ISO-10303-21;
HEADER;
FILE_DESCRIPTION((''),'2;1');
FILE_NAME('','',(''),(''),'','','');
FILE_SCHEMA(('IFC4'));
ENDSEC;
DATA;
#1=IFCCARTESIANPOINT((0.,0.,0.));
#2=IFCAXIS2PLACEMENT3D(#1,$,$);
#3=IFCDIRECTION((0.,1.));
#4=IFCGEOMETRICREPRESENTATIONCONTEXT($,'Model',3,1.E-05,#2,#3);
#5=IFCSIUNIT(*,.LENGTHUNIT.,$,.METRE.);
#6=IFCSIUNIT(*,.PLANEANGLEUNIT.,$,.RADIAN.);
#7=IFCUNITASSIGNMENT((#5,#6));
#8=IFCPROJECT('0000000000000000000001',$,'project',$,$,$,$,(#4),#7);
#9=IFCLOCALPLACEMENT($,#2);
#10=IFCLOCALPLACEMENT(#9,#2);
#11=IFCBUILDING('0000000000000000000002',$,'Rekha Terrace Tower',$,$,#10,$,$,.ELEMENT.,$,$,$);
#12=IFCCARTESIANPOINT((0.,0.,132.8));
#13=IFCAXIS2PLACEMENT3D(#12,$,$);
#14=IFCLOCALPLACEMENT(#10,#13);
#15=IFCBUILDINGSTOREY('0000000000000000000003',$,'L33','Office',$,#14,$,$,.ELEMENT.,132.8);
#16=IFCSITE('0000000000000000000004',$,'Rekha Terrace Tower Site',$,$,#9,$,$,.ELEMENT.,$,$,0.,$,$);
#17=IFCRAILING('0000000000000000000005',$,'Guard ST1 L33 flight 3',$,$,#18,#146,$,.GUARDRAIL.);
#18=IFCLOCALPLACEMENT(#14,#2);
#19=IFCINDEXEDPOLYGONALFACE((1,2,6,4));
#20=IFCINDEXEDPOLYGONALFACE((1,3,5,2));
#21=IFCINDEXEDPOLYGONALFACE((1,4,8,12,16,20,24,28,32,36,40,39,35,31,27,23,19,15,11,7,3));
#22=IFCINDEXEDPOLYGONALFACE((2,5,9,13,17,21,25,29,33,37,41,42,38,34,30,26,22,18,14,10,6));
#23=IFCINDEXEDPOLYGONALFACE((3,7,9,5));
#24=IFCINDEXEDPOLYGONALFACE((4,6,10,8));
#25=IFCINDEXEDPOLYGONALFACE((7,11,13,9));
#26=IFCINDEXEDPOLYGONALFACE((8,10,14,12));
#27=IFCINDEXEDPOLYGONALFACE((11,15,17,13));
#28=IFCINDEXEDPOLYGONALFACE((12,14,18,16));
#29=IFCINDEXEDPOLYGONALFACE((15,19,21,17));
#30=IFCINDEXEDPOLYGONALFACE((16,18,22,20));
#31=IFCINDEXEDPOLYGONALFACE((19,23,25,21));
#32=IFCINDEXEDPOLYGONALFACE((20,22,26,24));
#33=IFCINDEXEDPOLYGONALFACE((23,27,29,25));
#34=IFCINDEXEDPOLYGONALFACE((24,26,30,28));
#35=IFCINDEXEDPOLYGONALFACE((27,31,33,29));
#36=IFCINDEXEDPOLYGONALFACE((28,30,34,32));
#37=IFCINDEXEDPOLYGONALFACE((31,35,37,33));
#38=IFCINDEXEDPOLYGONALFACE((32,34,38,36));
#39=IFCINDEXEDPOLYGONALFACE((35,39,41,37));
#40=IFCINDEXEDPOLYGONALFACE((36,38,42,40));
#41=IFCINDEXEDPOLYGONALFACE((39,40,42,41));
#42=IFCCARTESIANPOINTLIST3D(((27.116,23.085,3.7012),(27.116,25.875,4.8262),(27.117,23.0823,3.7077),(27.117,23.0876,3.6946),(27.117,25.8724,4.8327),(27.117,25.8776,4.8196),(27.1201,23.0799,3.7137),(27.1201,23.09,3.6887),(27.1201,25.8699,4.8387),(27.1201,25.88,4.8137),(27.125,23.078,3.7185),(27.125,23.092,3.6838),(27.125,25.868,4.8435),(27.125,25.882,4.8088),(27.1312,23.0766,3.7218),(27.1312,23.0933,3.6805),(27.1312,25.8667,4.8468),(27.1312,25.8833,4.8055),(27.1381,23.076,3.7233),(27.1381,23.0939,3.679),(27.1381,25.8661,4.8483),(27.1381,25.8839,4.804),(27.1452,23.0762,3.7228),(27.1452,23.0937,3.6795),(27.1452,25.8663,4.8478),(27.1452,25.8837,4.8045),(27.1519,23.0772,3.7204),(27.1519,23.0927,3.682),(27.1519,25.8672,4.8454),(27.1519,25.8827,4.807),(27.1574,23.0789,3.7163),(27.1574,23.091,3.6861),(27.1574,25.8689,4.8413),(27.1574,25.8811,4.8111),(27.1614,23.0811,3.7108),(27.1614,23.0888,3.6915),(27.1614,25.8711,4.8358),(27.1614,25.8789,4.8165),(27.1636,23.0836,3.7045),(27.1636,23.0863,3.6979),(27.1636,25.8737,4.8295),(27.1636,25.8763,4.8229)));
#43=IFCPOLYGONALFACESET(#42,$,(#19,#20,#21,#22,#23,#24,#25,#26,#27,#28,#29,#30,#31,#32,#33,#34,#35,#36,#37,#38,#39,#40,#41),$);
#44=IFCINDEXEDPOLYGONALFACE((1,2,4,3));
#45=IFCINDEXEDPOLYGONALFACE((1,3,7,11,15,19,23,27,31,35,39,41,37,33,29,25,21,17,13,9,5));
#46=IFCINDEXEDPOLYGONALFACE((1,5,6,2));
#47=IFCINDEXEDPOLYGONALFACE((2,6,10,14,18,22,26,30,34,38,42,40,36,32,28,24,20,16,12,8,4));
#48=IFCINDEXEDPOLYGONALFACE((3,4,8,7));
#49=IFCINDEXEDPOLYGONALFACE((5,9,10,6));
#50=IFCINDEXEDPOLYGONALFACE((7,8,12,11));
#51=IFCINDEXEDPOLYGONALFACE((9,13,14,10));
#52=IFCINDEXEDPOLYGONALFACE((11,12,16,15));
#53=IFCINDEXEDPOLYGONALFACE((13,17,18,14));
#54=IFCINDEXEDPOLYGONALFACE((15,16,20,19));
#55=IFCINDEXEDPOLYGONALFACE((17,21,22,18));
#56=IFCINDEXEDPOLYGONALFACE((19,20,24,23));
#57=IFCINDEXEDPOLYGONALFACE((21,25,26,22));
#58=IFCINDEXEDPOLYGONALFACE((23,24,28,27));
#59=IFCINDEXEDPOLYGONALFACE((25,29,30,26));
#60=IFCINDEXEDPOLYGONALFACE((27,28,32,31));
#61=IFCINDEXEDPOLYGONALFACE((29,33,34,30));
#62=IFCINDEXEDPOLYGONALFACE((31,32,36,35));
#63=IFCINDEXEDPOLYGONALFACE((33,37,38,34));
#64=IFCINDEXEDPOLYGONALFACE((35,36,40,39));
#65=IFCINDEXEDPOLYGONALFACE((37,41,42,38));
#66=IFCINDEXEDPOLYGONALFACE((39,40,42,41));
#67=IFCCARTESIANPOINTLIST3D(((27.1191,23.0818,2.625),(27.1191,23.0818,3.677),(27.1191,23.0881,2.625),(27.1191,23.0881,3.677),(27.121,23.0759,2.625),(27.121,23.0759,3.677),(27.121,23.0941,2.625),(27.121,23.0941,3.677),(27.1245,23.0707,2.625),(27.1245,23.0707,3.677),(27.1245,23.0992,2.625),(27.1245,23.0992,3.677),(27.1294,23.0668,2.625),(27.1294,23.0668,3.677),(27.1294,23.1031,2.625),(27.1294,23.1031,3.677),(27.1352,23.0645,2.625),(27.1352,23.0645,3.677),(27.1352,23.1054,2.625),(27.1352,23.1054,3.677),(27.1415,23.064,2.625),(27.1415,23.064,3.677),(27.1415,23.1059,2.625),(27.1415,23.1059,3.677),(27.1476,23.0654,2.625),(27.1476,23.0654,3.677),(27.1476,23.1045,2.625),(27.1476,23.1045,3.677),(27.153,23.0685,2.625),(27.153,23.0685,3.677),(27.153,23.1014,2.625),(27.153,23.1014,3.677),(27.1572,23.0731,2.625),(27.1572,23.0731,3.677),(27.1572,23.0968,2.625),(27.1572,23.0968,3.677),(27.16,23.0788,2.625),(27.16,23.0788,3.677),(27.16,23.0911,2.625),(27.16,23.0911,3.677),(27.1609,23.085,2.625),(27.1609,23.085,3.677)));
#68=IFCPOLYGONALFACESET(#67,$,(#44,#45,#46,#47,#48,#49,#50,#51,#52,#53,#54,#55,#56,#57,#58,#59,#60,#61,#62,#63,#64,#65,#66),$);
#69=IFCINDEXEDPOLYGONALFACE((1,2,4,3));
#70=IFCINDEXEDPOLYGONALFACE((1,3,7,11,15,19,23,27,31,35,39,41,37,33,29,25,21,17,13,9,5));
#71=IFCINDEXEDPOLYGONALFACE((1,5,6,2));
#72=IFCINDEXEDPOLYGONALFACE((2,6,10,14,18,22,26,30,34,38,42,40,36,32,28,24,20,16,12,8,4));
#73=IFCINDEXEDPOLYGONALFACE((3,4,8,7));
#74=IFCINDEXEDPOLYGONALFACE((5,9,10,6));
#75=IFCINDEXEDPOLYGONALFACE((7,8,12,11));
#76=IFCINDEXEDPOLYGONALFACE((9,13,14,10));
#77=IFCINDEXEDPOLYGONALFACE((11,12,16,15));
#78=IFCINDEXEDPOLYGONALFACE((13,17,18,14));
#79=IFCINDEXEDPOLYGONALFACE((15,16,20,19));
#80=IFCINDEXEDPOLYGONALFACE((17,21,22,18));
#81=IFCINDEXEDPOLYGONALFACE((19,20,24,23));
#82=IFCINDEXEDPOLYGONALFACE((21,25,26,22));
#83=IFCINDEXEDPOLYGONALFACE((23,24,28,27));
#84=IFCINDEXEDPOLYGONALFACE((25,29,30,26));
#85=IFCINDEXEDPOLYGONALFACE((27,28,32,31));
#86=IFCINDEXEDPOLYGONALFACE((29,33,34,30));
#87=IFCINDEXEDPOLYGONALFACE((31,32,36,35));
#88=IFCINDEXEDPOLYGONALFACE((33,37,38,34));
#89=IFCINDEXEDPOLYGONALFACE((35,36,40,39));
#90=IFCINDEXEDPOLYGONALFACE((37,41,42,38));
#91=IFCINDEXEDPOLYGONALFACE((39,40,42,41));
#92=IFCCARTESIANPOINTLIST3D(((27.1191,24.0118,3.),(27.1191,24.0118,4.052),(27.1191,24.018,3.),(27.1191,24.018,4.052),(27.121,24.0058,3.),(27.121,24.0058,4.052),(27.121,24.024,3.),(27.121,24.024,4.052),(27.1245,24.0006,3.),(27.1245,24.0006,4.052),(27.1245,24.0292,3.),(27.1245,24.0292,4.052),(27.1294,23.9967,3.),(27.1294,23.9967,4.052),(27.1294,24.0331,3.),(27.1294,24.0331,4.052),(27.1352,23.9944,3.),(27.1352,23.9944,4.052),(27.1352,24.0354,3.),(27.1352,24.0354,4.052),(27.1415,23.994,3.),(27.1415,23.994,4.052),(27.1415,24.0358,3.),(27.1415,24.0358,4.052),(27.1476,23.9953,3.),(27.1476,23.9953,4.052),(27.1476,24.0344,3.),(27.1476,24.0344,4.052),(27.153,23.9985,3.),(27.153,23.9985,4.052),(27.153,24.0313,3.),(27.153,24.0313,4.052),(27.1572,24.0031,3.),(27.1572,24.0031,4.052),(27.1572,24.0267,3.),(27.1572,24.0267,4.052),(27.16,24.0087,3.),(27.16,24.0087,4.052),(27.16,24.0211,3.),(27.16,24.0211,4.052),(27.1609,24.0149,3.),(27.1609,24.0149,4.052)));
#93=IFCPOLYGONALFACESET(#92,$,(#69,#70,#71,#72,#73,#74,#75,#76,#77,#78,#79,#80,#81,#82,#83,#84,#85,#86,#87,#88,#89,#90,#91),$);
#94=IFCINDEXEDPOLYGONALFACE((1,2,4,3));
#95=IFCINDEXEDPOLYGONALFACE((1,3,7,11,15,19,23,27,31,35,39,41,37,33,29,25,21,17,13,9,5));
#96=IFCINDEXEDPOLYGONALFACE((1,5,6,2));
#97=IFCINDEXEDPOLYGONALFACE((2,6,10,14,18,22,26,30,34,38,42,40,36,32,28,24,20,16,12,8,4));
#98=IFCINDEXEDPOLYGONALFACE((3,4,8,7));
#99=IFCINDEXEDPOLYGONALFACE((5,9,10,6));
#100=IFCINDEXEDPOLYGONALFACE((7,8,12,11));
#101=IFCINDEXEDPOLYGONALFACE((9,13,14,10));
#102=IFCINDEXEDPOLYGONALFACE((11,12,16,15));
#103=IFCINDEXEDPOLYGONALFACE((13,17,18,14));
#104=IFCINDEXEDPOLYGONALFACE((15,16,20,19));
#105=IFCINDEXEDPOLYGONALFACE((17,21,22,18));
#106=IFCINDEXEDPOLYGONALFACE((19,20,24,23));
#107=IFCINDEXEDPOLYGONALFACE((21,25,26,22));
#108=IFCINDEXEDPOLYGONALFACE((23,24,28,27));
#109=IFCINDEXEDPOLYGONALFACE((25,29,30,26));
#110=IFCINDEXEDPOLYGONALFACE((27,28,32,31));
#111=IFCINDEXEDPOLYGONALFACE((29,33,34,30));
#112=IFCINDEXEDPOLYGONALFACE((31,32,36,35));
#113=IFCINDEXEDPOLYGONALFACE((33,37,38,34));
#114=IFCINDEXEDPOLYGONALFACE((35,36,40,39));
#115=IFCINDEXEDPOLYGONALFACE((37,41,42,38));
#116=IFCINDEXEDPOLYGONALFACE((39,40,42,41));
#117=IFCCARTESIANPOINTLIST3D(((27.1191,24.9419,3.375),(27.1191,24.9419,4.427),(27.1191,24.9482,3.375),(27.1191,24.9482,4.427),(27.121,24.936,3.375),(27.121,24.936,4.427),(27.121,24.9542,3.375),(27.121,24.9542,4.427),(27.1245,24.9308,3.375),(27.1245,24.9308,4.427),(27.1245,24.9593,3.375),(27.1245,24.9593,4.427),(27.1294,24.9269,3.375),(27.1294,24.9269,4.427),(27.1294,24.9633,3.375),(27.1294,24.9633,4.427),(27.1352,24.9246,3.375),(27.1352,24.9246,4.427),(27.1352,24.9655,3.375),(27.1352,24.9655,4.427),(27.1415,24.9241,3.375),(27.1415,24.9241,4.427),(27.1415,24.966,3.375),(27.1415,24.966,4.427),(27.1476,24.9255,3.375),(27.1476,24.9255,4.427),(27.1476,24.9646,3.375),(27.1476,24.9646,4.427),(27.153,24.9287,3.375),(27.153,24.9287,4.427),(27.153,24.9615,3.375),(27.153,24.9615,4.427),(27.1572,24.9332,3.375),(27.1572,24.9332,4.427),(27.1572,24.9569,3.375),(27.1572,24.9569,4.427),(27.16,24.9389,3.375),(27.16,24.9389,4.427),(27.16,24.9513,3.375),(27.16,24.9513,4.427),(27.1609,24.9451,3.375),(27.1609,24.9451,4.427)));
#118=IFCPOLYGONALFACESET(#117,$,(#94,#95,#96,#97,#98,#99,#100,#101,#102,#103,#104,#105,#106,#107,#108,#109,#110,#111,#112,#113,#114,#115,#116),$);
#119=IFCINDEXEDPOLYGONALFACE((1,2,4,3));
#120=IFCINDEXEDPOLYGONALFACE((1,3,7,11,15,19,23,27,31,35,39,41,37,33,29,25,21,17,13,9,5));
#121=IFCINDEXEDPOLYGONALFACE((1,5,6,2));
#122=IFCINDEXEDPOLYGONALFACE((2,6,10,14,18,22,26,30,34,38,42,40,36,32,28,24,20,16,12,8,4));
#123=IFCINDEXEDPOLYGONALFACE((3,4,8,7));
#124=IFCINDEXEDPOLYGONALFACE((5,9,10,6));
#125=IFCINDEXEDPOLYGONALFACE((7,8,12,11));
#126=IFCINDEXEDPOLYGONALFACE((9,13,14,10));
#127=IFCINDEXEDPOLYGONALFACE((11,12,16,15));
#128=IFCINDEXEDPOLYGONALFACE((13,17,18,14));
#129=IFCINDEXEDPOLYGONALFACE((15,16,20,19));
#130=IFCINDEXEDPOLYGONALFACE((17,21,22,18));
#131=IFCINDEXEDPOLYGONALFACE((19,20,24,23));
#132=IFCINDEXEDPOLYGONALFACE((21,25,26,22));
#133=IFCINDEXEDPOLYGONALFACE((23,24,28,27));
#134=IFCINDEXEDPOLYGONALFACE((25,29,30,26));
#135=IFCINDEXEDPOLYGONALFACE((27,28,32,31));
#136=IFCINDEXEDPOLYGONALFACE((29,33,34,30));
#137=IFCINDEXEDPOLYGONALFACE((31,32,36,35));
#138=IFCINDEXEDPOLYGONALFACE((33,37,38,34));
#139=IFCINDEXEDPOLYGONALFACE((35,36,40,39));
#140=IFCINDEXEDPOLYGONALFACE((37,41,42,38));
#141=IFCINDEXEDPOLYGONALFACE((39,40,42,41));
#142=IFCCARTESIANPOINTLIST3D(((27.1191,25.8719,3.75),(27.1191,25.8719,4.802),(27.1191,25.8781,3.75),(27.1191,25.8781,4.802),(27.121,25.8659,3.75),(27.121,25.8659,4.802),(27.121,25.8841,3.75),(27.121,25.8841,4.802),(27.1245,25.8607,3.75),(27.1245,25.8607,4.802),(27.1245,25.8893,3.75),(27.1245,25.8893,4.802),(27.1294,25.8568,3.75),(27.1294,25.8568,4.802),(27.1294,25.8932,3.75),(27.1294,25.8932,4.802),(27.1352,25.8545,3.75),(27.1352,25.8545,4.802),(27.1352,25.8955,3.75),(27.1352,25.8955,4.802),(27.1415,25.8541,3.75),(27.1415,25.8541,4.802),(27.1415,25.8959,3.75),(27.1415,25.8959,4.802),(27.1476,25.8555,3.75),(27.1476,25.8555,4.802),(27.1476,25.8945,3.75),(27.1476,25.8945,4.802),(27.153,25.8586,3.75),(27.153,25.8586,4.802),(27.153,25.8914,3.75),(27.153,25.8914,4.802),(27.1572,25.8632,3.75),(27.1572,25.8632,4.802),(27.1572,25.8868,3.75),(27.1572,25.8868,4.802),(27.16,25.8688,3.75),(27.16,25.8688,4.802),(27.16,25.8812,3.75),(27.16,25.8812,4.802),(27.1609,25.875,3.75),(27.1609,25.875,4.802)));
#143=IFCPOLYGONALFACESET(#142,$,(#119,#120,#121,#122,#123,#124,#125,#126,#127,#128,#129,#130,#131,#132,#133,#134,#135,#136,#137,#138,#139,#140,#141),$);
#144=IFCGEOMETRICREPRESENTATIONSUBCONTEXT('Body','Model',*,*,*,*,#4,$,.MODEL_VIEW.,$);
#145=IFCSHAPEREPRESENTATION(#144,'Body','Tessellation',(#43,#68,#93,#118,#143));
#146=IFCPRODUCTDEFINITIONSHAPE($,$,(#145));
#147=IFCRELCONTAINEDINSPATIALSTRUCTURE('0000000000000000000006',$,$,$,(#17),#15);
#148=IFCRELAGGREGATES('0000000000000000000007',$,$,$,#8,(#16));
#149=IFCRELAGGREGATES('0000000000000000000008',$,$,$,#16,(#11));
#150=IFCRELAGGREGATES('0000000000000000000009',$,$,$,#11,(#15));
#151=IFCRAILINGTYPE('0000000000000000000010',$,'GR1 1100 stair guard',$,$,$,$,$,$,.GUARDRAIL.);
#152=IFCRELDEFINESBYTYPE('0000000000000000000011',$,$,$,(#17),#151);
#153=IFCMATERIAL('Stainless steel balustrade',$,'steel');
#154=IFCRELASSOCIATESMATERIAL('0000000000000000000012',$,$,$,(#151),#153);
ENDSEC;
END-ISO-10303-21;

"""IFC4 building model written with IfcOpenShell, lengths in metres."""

from ifc_helpers import new_model, si_unit, direction, frame, origin, origin_2d, place, context, subcontext, project, spatial, circle, extrude, material, type_object, element, save


model = new_model("IFC4")

# Units and contexts
model_context = context("Model", 3, precision=1e-05, world=origin(), true_north=direction((0.0, 1.0)))
body_context = subcontext(model_context, "Body", "Model", "MODEL_VIEW")
ifc_project = project(units=[si_unit("LENGTHUNIT", "METRE"), si_unit("PLANEANGLEUNIT", "RADIAN")], contexts=[model_context])

# Site, building, storey
site_placement = place(None, origin())
site = spatial("IfcSite", under=ifc_project, at=site_placement, Name="Rekha Terrace Tower Site", CompositionType="ELEMENT", RefElevation=0.0)
building_placement = place(site_placement, origin())
building = spatial("IfcBuilding", under=site, at=building_placement, Name="Rekha Terrace Tower", CompositionType="ELEMENT")
storey_placement = place(building_placement, frame((0.0, 0.0, 132.8)))
storey = spatial("IfcBuildingStorey", under=building, at=storey_placement, Name="L33", Description="Office", CompositionType="ELEMENT", Elevation=132.8)

# Railing
ifc_material_1 = material(Name="Stainless steel balustrade", Category="steel")
railing_type_1 = type_object("IfcRailingType", Name="GR1 1100 stair guard", PredefinedType="GUARDRAIL", material=ifc_material_1)
railing_1_placement = place(storey_placement, frame((27.1399, 23.085, 2.625)))
element("IfcRailing", 1, at=railing_1_placement, inside=storey, type_object=railing_type_1, Name="Guard ST1 L33 flight 3", PredefinedType="GUARDRAIL", context=body_context, shape_type="SweptSolid", body=[
    extrude(circle(Radius=0.0239, at=origin_2d()), frame((0.0, 0.0, 1.0762), z_axis=(0.0, 0.927443, 0.373964), x_axis=(-1.0, 0.0, 0.0)), (0.0, 0.0, 1.0), 3.0083),
    extrude(circle(Radius=0.021, at=origin_2d()), origin(), (0.0, 0.0, 1.0), 1.052),
    extrude(circle(Radius=0.021, at=origin_2d()), frame((0.0, 0.9299, 0.375)), (0.0, 0.0, 1.0), 1.052),
    extrude(circle(Radius=0.021, at=origin_2d()), frame((0.0, 1.8601, 0.75)), (0.0, 0.0, 1.0), 1.052),
    extrude(circle(Radius=0.021, at=origin_2d()), frame((0.0, 2.79, 1.125)), (0.0, 0.0, 1.0), 1.052),
])

save(model, "model.ifc")
